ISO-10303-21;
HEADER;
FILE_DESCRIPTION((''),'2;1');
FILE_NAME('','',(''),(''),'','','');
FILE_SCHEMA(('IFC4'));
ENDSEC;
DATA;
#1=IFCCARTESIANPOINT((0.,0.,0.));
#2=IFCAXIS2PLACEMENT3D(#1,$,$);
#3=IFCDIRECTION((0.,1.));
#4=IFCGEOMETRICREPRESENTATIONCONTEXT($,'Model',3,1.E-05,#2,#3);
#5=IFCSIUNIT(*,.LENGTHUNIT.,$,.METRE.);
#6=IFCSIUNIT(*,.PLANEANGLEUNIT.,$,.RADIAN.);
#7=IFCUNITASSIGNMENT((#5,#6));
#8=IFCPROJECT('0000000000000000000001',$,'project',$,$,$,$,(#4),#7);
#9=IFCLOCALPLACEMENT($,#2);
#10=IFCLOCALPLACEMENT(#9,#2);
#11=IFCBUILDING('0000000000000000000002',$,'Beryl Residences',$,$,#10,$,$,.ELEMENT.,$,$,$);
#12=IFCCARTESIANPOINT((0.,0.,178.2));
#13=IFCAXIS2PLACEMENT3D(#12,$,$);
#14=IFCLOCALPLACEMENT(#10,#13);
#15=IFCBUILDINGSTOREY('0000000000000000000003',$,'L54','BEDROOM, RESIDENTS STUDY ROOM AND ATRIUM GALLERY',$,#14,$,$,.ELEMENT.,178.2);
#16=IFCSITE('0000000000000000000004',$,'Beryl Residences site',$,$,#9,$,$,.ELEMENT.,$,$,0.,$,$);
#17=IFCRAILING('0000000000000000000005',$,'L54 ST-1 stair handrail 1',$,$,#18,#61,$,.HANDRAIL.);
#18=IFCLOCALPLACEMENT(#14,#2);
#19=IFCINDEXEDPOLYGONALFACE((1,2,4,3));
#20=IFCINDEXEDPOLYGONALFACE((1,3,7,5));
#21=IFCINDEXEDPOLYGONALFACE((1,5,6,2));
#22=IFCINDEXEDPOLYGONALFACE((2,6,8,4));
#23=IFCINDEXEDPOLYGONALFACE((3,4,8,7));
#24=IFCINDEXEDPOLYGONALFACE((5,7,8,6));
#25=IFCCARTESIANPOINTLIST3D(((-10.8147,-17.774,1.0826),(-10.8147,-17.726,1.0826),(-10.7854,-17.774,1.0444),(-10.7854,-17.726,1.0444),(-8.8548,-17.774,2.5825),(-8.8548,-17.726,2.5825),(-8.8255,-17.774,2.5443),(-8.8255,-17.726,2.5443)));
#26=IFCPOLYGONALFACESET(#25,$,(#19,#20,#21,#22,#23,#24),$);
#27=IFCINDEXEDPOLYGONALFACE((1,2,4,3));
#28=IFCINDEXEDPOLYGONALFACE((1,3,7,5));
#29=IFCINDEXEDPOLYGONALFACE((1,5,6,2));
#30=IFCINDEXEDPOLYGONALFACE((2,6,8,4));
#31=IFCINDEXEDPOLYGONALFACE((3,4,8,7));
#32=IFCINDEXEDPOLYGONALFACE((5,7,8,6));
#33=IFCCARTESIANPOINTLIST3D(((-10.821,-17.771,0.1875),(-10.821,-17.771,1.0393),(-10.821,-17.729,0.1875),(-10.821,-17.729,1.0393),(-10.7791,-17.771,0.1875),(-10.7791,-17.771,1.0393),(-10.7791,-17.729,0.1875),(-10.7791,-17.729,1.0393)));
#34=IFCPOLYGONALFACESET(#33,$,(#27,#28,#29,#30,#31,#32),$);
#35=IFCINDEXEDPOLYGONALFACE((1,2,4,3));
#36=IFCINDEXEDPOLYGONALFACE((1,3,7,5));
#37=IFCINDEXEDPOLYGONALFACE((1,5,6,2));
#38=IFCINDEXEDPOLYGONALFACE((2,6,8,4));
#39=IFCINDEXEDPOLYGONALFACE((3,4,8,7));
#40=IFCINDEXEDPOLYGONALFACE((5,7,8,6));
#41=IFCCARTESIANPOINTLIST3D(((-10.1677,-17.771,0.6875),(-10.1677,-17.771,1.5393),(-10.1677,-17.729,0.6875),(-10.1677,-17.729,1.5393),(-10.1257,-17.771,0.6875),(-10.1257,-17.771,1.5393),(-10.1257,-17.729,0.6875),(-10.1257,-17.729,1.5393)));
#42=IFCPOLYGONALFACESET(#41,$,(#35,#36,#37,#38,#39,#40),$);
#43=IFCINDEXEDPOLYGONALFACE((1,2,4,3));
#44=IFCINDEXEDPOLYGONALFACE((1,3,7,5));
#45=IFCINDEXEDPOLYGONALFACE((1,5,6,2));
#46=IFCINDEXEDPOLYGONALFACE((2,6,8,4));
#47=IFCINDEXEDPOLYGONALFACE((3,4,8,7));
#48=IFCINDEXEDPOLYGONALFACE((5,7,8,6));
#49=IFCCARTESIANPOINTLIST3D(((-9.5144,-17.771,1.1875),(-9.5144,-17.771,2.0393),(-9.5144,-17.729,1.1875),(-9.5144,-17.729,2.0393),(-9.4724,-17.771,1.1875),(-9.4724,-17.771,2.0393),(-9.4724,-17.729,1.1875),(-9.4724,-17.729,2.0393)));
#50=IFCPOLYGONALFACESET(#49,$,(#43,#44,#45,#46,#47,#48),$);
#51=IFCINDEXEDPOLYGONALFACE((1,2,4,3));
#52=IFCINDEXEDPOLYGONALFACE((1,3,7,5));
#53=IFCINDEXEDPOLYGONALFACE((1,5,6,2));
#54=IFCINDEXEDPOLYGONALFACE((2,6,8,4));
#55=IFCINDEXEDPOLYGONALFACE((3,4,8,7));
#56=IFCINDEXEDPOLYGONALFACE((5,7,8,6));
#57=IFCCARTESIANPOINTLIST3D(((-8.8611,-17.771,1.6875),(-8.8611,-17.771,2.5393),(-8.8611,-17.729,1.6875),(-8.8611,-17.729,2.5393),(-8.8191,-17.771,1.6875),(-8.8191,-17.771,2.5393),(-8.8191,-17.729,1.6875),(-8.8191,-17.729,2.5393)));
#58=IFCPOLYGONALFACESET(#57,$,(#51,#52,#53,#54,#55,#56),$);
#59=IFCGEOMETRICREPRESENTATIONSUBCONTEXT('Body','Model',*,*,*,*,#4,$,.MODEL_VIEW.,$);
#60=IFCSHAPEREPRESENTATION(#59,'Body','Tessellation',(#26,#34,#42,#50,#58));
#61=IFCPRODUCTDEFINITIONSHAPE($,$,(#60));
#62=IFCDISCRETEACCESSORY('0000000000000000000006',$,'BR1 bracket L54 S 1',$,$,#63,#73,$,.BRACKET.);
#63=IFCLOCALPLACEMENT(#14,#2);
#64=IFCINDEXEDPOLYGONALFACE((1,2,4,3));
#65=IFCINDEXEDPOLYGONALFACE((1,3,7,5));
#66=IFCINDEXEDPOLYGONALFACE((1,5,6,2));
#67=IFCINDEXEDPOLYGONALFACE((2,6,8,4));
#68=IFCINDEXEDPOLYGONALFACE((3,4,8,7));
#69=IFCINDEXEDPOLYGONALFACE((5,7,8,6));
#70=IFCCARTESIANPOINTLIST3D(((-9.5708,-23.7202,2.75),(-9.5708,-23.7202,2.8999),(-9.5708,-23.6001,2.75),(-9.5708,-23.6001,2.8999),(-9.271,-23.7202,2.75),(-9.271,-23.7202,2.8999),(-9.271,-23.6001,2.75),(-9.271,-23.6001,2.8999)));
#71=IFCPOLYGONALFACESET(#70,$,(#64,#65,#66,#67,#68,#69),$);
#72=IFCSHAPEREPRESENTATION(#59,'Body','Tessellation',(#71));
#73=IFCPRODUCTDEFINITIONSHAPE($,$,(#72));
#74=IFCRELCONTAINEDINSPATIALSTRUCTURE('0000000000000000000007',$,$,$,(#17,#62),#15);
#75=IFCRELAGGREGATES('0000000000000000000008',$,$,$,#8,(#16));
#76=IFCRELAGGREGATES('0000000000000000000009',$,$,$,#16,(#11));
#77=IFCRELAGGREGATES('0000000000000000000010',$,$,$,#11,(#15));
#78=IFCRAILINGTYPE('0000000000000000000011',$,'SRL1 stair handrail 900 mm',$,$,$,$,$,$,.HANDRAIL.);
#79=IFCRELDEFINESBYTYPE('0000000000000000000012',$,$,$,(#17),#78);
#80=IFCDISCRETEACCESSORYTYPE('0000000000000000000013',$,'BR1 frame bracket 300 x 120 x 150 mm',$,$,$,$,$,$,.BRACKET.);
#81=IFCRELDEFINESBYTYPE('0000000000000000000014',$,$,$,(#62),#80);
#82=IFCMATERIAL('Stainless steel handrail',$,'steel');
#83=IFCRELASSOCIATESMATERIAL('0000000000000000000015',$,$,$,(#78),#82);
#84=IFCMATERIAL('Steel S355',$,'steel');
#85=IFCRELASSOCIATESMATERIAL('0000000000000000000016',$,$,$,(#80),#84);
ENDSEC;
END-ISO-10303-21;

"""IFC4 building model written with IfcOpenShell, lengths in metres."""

from ifc_helpers import new_model, si_unit, direction, frame, origin, origin_2d, place, context, subcontext, project, spatial, polyline, rectangle, outline, extrude, source, transform, mapped, material, type_object, type_shapes, element, save


model = new_model("IFC4")

# Units and contexts
model_context = context("Model", 3, precision=1e-05, world=origin(), true_north=direction((0.0, 1.0)))
body_context = subcontext(model_context, "Body", "Model", "MODEL_VIEW")
ifc_project = project(units=[si_unit("LENGTHUNIT", "METRE"), si_unit("PLANEANGLEUNIT", "RADIAN")], contexts=[model_context])

# Site, building, storey
site_placement = place(None, origin())
site = spatial("IfcSite", under=ifc_project, at=site_placement, Name="Beryl Residences site", CompositionType="ELEMENT", RefElevation=0.0)
building_placement = place(site_placement, origin())
building = spatial("IfcBuilding", under=site, at=building_placement, Name="Beryl Residences", CompositionType="ELEMENT")
storey_placement = place(building_placement, frame((0.0, 0.0, 178.2)))
storey = spatial("IfcBuildingStorey", under=building, at=storey_placement, Name="L54", Description="BEDROOM, RESIDENTS STUDY ROOM AND ATRIUM GALLERY", CompositionType="ELEMENT", Elevation=178.2)

# Railing
ifc_material_1 = material(Name="Stainless steel handrail", Category="steel")
railing_type_1 = type_object("IfcRailingType", Name="SRL1 stair handrail 900 mm", PredefinedType="HANDRAIL", material=ifc_material_1)
railing_1_placement = place(storey_placement, frame((-10.8, -17.75, 0.1875)))
element("IfcRailing", 1, at=railing_1_placement, inside=storey, type_object=railing_type_1, Name="L54 ST-1 stair handrail 1", PredefinedType="HANDRAIL", context=body_context, shape_type="SweptSolid", body=[
    extrude(rectangle(XDim=0.0481, YDim=0.0481, at=origin_2d()), frame((0.0, 0.0, 0.876), z_axis=(0.794122, 0.0, 0.607758), x_axis=(0.0, 1.0, 0.0)), (0.0, 0.0, 1.0), 2.468),
    extrude(rectangle(XDim=0.042, YDim=0.042, at=origin_2d()), origin(), (0.0, 0.0, 1.0), 0.8518),
    extrude(rectangle(XDim=0.042, YDim=0.042, at=origin_2d()), frame((0.6533, 0.0, 0.5)), (0.0, 0.0, 1.0), 0.8518),
    extrude(rectangle(XDim=0.042, YDim=0.042, at=origin_2d()), frame((1.3066, 0.0, 1.0)), (0.0, 0.0, 1.0), 0.8518),
    extrude(rectangle(XDim=0.042, YDim=0.042, at=origin_2d()), frame((1.96, 0.0, 1.5)), (0.0, 0.0, 1.0), 0.8518),
])

# Discrete accessory
ifc_material_2 = material(Name="Steel S355", Category="steel")
discrete_accessory_type = type_object("IfcDiscreteAccessoryType", Name="BR1 frame bracket 300 x 120 x 150 mm", PredefinedType="BRACKET", material=ifc_material_2)
shared_shape_1 = source(origin(), body_context, "Body", "SweptSolid", [
    extrude(outline(polyline([(-0.1499, 0.0), (0.1499, 0.0), (0.1499, 0.1201), (-0.1499, 0.1201), (-0.1499, 0.0)])), origin(), (0.0, 0.0, 1.0), 0.1499),
])
type_shapes(discrete_accessory_type, [shared_shape_1])
discrete_accessory_placement = place(storey_placement, frame((-9.4209, -23.6001, 2.75), z_axis=(0.0, 0.0, 1.0), x_axis=(-1.0, 0.0, 0.0)))
element("IfcDiscreteAccessory", 2, at=discrete_accessory_placement, inside=storey, type_object=discrete_accessory_type, Name="BR1 bracket L54 S 1", PredefinedType="BRACKET", context=body_context, shape_type="MappedRepresentation", body=[
    mapped(shared_shape_1, transform((0.0, 0.0, 0.0))),
])

save(model, "model.ifc")
